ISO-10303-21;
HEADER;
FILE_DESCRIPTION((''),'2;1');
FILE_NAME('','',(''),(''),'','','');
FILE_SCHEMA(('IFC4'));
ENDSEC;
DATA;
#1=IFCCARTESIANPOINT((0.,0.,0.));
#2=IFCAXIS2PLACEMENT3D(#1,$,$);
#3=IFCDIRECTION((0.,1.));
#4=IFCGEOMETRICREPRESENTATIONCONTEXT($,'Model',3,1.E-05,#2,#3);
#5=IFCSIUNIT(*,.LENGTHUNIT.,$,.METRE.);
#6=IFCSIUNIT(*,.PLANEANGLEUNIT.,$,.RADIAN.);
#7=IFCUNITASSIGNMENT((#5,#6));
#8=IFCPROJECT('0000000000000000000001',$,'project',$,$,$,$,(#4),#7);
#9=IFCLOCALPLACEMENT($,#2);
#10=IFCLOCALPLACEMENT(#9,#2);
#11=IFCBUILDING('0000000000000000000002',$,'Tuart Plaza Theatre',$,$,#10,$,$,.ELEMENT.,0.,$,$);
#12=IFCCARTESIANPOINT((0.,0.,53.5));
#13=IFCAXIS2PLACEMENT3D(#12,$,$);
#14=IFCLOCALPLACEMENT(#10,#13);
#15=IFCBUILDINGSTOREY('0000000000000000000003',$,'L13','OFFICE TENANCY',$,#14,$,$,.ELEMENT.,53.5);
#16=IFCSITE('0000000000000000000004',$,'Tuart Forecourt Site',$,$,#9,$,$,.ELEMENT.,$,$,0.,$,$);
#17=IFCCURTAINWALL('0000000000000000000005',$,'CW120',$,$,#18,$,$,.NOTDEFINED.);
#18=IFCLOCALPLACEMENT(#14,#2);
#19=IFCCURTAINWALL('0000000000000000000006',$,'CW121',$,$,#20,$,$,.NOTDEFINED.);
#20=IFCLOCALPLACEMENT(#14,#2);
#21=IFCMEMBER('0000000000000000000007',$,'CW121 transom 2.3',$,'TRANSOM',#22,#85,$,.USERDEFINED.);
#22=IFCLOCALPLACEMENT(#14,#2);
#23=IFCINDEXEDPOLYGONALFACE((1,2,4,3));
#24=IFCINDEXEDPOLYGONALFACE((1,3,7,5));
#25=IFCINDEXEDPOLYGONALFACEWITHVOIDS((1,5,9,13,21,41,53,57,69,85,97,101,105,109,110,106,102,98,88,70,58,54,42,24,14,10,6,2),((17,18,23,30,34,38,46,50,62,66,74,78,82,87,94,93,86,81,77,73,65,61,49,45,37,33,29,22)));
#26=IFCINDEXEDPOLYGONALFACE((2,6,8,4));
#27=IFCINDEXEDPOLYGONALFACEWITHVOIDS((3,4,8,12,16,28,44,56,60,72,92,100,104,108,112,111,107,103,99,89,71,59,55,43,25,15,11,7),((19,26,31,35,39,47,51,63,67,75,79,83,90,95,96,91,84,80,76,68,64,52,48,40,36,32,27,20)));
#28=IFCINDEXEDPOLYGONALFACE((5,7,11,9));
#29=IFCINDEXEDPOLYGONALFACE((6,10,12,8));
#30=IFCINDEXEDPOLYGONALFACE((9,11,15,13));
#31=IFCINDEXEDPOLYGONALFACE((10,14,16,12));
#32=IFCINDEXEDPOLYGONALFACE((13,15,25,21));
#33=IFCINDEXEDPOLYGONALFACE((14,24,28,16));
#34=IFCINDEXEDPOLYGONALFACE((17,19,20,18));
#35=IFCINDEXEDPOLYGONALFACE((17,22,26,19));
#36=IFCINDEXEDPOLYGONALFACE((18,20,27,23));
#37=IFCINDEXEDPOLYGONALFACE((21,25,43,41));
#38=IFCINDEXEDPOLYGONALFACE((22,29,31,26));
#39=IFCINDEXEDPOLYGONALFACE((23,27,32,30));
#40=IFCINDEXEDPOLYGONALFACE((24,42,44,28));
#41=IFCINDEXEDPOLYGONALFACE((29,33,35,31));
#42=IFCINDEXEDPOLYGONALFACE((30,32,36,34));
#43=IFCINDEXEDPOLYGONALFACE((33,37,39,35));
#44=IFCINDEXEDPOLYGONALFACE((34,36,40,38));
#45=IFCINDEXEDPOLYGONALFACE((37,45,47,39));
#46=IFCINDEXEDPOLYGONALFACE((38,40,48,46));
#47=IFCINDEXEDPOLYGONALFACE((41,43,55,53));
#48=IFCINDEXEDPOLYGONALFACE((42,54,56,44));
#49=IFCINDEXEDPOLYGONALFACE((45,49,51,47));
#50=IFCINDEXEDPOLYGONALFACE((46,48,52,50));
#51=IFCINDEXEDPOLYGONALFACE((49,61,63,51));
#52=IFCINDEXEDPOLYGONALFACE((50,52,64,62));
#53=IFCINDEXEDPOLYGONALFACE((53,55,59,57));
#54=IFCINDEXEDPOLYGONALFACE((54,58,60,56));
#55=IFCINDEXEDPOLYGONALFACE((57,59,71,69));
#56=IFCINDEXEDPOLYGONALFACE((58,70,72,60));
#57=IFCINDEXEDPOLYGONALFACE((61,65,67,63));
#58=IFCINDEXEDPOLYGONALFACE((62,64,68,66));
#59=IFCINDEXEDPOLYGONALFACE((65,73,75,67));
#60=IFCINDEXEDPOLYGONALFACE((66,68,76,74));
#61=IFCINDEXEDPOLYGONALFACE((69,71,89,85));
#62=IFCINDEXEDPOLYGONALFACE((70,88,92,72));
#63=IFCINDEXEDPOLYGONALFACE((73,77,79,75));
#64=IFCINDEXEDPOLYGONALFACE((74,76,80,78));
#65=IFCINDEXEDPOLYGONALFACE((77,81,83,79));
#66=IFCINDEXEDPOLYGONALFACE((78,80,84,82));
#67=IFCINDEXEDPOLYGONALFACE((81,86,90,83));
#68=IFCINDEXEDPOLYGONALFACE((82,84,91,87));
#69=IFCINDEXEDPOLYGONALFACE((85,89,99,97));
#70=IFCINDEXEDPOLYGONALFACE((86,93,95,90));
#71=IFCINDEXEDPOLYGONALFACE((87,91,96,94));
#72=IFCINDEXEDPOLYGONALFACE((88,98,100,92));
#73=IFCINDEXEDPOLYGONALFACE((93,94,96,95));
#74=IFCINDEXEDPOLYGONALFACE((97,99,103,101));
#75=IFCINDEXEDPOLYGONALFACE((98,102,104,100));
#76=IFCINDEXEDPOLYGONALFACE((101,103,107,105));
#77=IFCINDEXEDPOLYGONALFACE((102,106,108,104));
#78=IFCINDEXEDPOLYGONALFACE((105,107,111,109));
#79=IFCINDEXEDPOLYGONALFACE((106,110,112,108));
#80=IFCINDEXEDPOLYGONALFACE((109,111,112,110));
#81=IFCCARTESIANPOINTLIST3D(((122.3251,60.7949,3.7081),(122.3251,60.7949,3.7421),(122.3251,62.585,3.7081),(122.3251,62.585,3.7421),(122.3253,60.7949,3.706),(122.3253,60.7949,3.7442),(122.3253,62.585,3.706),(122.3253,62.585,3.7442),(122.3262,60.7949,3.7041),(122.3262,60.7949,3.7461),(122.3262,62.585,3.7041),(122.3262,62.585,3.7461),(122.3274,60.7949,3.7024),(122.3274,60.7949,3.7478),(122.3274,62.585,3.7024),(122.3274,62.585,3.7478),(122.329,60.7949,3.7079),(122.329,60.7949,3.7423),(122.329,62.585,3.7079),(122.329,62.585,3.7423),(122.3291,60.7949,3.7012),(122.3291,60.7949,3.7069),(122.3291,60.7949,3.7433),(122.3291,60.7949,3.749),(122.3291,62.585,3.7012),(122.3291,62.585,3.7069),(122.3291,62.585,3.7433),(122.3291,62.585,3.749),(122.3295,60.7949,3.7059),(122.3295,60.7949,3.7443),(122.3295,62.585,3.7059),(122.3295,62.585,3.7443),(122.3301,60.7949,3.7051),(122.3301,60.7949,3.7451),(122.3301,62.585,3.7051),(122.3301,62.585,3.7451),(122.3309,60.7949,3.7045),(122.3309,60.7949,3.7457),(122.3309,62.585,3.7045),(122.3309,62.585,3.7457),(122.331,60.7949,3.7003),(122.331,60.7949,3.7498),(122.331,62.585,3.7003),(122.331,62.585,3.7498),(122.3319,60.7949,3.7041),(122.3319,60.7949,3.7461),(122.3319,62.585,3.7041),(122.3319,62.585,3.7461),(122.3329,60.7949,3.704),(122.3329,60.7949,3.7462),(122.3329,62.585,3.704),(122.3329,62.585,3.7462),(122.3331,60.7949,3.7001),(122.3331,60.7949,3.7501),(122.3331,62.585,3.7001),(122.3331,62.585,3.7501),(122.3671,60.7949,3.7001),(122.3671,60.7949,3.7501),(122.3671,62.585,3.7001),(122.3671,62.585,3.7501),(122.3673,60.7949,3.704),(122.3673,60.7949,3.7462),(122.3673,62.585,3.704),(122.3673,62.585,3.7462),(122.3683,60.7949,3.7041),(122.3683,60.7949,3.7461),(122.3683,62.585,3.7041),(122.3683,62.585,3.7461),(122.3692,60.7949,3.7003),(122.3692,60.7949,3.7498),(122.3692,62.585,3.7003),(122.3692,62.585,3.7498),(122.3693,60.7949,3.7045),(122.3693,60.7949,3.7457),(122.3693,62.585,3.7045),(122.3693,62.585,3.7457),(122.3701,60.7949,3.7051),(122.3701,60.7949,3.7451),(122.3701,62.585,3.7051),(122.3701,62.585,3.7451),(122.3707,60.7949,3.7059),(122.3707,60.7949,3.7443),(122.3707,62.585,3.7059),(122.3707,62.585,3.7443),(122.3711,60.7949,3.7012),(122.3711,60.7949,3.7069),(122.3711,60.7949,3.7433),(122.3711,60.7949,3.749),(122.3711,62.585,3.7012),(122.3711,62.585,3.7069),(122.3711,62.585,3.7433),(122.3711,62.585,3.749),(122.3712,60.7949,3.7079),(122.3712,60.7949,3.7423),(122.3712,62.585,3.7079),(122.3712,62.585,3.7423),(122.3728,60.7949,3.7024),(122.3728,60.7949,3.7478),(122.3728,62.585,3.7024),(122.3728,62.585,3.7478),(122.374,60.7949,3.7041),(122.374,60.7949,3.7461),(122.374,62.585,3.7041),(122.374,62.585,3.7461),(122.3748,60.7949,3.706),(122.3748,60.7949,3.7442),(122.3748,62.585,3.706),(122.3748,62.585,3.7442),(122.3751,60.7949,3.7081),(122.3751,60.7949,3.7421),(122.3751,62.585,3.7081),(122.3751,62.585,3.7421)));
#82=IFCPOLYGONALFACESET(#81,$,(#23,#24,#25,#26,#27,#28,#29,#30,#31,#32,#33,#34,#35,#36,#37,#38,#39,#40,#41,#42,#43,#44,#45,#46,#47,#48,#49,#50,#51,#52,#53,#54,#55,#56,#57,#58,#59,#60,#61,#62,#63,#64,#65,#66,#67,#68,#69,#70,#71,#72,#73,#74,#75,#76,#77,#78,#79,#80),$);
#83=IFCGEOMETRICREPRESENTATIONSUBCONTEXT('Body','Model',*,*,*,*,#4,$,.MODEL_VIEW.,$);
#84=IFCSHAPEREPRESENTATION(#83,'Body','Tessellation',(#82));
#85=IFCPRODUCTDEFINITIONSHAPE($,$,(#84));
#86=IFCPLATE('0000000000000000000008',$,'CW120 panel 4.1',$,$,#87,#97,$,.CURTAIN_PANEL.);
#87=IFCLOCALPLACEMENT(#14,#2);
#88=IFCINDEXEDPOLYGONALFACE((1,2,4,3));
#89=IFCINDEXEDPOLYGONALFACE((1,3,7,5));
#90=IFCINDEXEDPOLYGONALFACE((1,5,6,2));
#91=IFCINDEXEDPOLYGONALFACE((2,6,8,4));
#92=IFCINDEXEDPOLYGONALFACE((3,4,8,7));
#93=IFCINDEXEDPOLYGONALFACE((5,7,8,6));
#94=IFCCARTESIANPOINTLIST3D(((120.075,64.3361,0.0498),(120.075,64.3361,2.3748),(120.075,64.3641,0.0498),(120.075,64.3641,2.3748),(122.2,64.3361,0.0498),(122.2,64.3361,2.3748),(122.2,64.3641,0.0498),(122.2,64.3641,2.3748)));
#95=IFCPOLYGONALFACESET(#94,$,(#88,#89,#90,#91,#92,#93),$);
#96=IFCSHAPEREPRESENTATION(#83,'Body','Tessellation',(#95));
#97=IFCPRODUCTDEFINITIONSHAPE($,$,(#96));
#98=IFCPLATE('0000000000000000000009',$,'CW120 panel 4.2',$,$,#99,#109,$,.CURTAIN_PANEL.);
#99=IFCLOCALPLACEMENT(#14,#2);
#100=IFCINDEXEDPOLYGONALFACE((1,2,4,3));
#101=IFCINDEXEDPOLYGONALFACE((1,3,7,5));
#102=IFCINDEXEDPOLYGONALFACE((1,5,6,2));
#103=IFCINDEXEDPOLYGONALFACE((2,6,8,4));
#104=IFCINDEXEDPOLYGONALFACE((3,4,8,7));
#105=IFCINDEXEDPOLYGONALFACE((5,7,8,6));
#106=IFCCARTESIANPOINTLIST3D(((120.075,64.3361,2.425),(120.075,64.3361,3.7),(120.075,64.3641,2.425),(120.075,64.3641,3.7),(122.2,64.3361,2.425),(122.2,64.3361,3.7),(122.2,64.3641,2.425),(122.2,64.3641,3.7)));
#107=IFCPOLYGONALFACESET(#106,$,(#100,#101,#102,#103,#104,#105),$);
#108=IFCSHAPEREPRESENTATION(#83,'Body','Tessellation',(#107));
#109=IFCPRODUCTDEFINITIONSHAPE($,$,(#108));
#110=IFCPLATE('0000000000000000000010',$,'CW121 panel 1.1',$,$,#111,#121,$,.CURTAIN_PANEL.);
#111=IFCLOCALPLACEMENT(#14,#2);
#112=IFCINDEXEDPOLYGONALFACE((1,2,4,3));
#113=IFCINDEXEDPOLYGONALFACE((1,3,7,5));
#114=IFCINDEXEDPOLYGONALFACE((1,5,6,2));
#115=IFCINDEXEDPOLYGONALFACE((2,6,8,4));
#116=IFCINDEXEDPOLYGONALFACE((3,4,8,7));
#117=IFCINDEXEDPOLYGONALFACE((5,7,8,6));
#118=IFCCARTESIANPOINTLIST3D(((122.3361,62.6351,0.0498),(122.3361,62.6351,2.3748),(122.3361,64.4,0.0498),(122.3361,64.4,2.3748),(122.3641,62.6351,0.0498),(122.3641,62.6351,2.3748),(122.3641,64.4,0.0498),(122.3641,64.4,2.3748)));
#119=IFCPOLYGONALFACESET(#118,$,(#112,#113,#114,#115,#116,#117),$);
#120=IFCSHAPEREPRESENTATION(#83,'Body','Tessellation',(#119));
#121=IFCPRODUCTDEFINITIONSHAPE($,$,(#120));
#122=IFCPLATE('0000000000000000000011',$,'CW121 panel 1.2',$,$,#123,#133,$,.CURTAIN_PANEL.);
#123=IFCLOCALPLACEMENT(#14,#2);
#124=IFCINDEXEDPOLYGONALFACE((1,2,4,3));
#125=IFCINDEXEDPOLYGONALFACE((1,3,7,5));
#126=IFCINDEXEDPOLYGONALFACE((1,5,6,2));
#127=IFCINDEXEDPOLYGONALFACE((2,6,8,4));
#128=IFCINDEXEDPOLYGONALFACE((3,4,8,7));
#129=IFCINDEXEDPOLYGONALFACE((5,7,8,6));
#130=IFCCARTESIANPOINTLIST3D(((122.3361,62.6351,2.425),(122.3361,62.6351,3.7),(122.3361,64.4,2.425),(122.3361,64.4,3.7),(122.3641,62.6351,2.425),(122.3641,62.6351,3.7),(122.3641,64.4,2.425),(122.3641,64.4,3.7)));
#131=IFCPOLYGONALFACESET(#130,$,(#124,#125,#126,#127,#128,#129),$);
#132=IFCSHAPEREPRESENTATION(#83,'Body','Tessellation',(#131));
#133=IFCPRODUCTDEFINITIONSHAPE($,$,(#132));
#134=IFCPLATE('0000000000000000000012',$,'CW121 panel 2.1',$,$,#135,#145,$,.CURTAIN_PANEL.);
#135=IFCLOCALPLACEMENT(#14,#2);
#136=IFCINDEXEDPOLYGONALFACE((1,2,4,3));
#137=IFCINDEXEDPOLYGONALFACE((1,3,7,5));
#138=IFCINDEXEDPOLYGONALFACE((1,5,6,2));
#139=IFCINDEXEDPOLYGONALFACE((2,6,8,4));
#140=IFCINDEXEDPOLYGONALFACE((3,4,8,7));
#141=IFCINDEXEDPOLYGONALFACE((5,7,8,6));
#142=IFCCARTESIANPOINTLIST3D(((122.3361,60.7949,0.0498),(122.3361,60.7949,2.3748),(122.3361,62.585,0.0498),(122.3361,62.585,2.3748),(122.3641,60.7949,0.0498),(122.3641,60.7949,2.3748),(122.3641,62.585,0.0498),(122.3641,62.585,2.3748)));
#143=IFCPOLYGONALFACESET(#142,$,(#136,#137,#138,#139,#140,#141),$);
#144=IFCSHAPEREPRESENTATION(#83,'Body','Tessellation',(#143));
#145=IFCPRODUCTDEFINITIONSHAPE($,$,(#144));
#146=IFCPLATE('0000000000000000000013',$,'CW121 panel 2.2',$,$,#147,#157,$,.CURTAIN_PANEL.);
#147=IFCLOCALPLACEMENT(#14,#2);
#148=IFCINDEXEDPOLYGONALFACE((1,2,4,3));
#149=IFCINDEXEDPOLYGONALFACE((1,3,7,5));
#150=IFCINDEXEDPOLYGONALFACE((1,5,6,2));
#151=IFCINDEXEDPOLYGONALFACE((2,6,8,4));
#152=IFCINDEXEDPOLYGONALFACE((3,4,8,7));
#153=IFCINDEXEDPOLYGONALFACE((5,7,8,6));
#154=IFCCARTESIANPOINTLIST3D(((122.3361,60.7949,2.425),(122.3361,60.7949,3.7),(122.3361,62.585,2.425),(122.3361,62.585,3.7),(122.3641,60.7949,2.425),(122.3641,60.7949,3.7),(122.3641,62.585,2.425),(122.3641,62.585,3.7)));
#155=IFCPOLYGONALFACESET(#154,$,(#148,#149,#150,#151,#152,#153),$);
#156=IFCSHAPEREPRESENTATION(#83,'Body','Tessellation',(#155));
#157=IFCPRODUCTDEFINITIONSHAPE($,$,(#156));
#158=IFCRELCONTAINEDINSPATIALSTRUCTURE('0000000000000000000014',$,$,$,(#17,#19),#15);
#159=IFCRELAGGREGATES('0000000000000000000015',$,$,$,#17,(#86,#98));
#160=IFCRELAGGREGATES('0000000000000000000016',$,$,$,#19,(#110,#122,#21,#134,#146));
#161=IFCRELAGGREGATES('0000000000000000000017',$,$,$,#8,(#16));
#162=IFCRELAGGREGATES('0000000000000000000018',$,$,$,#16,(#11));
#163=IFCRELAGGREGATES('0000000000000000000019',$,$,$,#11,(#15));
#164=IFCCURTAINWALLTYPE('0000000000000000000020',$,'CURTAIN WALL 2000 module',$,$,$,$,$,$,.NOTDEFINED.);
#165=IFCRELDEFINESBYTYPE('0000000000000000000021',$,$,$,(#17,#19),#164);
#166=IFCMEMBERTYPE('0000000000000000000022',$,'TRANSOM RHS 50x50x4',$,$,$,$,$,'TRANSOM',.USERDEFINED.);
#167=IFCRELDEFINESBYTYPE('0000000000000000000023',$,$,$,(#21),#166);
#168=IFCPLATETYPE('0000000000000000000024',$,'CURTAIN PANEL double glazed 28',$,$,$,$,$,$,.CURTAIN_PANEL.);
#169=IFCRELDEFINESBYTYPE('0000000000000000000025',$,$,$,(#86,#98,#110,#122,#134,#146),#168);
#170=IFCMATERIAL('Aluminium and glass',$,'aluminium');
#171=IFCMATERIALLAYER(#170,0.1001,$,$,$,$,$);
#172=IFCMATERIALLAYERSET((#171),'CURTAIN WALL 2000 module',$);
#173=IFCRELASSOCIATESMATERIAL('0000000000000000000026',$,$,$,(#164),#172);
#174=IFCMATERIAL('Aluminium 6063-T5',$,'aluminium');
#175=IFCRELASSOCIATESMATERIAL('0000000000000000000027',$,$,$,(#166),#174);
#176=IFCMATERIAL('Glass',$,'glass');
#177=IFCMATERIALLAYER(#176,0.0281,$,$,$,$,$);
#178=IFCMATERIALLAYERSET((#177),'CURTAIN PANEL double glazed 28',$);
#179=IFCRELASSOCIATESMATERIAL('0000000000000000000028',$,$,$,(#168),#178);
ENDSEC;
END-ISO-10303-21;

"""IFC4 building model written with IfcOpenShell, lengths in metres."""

from ifc_helpers import new_model, si_unit, direction, frame, origin, origin_2d, place, context, subcontext, project, spatial, rectangle, hollow_rectangle, extrude, material, layer, layer_set, material_profile, profile_set, type_object, element, aggregate, save


model = new_model("IFC4")

# Units and contexts
model_context = context("Model", 3, precision=1e-05, world=origin(), true_north=direction((0.0, 1.0)))
body_context = subcontext(model_context, "Body", "Model", "MODEL_VIEW")
ifc_project = project(units=[si_unit("LENGTHUNIT", "METRE"), si_unit("PLANEANGLEUNIT", "RADIAN")], contexts=[model_context])

# Site, building, storey
site_placement = place(None, origin())
site = spatial("IfcSite", under=ifc_project, at=site_placement, Name="Tuart Forecourt Site", CompositionType="ELEMENT", RefElevation=0.0)
building_placement = place(site_placement, origin())
building = spatial("IfcBuilding", under=site, at=building_placement, Name="Tuart Plaza Theatre", CompositionType="ELEMENT", ElevationOfRefHeight=0.0)
storey_placement = place(building_placement, frame((0.0, 0.0, 53.5)))
storey = spatial("IfcBuildingStorey", under=building, at=storey_placement, Name="L13", Description="OFFICE TENANCY", CompositionType="ELEMENT", Elevation=53.5)

# Curtain walls
ifc_material_1 = material(Name="Aluminium and glass", Category="aluminium")
ifc_layer_1 = layer(ifc_material_1, 0.1001)
ifc_layer_set_1 = layer_set([ifc_layer_1], Name="CURTAIN WALL 2000 module")
curtain_wall_type = type_object("IfcCurtainWallType", Name="CURTAIN WALL 2000 module", PredefinedType="NOTDEFINED", material=ifc_layer_set_1)
curtain_wall_1_placement = place(storey_placement, origin())
curtain_wall_1 = element("IfcCurtainWall", 1, at=curtain_wall_1_placement, inside=storey, type_object=curtain_wall_type, Name="CW120", PredefinedType="NOTDEFINED")
curtain_wall_2_placement = place(storey_placement, origin())
curtain_wall_2 = element("IfcCurtainWall", 2, at=curtain_wall_2_placement, inside=storey, type_object=curtain_wall_type, Name="CW121", PredefinedType="NOTDEFINED")

# Member
ifc_material_2 = material(Name="Aluminium 6063-T5", Category="aluminium")
ifc_material_profile_1 = material_profile(ifc_material_2, hollow_rectangle(XDim=0.05, YDim=0.05, WallThickness=0.0039, InnerFilletRadius=0.0039, OuterFilletRadius=0.0081, at=origin_2d()), Name="RHS 50x50x4")
ifc_profile_set_1 = profile_set([ifc_material_profile_1], Name="Aluminium 6063-T5")
member_type_1 = type_object("IfcMemberType", Name="TRANSOM RHS 50x50x4", ElementType="TRANSOM", PredefinedType="USERDEFINED", material=ifc_profile_set_1)
member_1_placement = place(storey_placement, frame((122.3501, 62.585, 3.7251), z_axis=(0.0, -1.0, 0.0), x_axis=(1.0, 0.0, 0.0)))
member_1 = element("IfcMember", 3, at=member_1_placement, type_object=member_type_1, Name="CW121 transom 2.3", ObjectType="TRANSOM", PredefinedType="USERDEFINED", context=body_context, shape_type="SweptSolid", body=[
    extrude(hollow_rectangle(XDim=0.05, YDim=0.05, WallThickness=0.0039, InnerFilletRadius=0.0039, OuterFilletRadius=0.0081, at=origin_2d()), origin(), (0.0, 0.0, 1.0), 1.79),
])

# Plates
ifc_material_3 = material(Name="Glass", Category="glass")
ifc_layer_2 = layer(ifc_material_3, 0.0281)
ifc_layer_set_2 = layer_set([ifc_layer_2], Name="CURTAIN PANEL double glazed 28")
plate_type = type_object("IfcPlateType", Name="CURTAIN PANEL double glazed 28", PredefinedType="CURTAIN_PANEL", material=ifc_layer_set_2)
plate_1_placement = place(storey_placement, frame((121.1375, 64.3501, 0.0498), z_axis=(0.0, 0.0, 1.0), x_axis=(1.0, 0.0, 0.0)))
plate_1 = element("IfcPlate", 4, at=plate_1_placement, type_object=plate_type, Name="CW120 panel 4.1", PredefinedType="CURTAIN_PANEL", context=body_context, shape_type="SweptSolid", body=[
    extrude(rectangle(XDim=2.125, YDim=0.0281, at=origin_2d()), origin(), (0.0, 0.0, 1.0), 2.325),
])
plate_2_placement = place(storey_placement, frame((121.1375, 64.3501, 2.425), z_axis=(0.0, 0.0, 1.0), x_axis=(1.0, 0.0, 0.0)))
plate_2 = element("IfcPlate", 5, at=plate_2_placement, type_object=plate_type, Name="CW120 panel 4.2", PredefinedType="CURTAIN_PANEL", context=body_context, shape_type="SweptSolid", body=[
    extrude(rectangle(XDim=2.125, YDim=0.0281, at=origin_2d()), origin(), (0.0, 0.0, 1.0), 1.2749),
])
aggregate(curtain_wall_1, [plate_1, plate_2])
plate_3_placement = place(storey_placement, frame((122.3501, 63.5176, 0.0498), z_axis=(0.0, 0.0, 1.0), x_axis=(0.0, -1.0, 0.0)))
plate_3 = element("IfcPlate", 6, at=plate_3_placement, type_object=plate_type, Name="CW121 panel 1.1", PredefinedType="CURTAIN_PANEL", context=body_context, shape_type="SweptSolid", body=[
    extrude(rectangle(XDim=1.7649, YDim=0.0281, at=origin_2d()), origin(), (0.0, 0.0, 1.0), 2.325),
])
plate_4_placement = place(storey_placement, frame((122.3501, 63.5176, 2.425), z_axis=(0.0, 0.0, 1.0), x_axis=(0.0, -1.0, 0.0)))
plate_4 = element("IfcPlate", 7, at=plate_4_placement, type_object=plate_type, Name="CW121 panel 1.2", PredefinedType="CURTAIN_PANEL", context=body_context, shape_type="SweptSolid", body=[
    extrude(rectangle(XDim=1.7649, YDim=0.0281, at=origin_2d()), origin(), (0.0, 0.0, 1.0), 1.2749),
])
plate_5_placement = place(storey_placement, frame((122.3501, 61.6899, 0.0498), z_axis=(0.0, 0.0, 1.0), x_axis=(0.0, -1.0, 0.0)))
plate_5 = element("IfcPlate", 8, at=plate_5_placement, type_object=plate_type, Name="CW121 panel 2.1", PredefinedType="CURTAIN_PANEL", context=body_context, shape_type="SweptSolid", body=[
    extrude(rectangle(XDim=1.79, YDim=0.0281, at=origin_2d()), origin(), (0.0, 0.0, 1.0), 2.325),
])
plate_6_placement = place(storey_placement, frame((122.3501, 61.6899, 2.425), z_axis=(0.0, 0.0, 1.0), x_axis=(0.0, -1.0, 0.0)))
plate_6 = element("IfcPlate", 9, at=plate_6_placement, type_object=plate_type, Name="CW121 panel 2.2", PredefinedType="CURTAIN_PANEL", context=body_context, shape_type="SweptSolid", body=[
    extrude(rectangle(XDim=1.79, YDim=0.0281, at=origin_2d()), origin(), (0.0, 0.0, 1.0), 1.2749),
])
aggregate(curtain_wall_2, [plate_3, plate_4, member_1, plate_5, plate_6])

save(model, "model.ifc")
